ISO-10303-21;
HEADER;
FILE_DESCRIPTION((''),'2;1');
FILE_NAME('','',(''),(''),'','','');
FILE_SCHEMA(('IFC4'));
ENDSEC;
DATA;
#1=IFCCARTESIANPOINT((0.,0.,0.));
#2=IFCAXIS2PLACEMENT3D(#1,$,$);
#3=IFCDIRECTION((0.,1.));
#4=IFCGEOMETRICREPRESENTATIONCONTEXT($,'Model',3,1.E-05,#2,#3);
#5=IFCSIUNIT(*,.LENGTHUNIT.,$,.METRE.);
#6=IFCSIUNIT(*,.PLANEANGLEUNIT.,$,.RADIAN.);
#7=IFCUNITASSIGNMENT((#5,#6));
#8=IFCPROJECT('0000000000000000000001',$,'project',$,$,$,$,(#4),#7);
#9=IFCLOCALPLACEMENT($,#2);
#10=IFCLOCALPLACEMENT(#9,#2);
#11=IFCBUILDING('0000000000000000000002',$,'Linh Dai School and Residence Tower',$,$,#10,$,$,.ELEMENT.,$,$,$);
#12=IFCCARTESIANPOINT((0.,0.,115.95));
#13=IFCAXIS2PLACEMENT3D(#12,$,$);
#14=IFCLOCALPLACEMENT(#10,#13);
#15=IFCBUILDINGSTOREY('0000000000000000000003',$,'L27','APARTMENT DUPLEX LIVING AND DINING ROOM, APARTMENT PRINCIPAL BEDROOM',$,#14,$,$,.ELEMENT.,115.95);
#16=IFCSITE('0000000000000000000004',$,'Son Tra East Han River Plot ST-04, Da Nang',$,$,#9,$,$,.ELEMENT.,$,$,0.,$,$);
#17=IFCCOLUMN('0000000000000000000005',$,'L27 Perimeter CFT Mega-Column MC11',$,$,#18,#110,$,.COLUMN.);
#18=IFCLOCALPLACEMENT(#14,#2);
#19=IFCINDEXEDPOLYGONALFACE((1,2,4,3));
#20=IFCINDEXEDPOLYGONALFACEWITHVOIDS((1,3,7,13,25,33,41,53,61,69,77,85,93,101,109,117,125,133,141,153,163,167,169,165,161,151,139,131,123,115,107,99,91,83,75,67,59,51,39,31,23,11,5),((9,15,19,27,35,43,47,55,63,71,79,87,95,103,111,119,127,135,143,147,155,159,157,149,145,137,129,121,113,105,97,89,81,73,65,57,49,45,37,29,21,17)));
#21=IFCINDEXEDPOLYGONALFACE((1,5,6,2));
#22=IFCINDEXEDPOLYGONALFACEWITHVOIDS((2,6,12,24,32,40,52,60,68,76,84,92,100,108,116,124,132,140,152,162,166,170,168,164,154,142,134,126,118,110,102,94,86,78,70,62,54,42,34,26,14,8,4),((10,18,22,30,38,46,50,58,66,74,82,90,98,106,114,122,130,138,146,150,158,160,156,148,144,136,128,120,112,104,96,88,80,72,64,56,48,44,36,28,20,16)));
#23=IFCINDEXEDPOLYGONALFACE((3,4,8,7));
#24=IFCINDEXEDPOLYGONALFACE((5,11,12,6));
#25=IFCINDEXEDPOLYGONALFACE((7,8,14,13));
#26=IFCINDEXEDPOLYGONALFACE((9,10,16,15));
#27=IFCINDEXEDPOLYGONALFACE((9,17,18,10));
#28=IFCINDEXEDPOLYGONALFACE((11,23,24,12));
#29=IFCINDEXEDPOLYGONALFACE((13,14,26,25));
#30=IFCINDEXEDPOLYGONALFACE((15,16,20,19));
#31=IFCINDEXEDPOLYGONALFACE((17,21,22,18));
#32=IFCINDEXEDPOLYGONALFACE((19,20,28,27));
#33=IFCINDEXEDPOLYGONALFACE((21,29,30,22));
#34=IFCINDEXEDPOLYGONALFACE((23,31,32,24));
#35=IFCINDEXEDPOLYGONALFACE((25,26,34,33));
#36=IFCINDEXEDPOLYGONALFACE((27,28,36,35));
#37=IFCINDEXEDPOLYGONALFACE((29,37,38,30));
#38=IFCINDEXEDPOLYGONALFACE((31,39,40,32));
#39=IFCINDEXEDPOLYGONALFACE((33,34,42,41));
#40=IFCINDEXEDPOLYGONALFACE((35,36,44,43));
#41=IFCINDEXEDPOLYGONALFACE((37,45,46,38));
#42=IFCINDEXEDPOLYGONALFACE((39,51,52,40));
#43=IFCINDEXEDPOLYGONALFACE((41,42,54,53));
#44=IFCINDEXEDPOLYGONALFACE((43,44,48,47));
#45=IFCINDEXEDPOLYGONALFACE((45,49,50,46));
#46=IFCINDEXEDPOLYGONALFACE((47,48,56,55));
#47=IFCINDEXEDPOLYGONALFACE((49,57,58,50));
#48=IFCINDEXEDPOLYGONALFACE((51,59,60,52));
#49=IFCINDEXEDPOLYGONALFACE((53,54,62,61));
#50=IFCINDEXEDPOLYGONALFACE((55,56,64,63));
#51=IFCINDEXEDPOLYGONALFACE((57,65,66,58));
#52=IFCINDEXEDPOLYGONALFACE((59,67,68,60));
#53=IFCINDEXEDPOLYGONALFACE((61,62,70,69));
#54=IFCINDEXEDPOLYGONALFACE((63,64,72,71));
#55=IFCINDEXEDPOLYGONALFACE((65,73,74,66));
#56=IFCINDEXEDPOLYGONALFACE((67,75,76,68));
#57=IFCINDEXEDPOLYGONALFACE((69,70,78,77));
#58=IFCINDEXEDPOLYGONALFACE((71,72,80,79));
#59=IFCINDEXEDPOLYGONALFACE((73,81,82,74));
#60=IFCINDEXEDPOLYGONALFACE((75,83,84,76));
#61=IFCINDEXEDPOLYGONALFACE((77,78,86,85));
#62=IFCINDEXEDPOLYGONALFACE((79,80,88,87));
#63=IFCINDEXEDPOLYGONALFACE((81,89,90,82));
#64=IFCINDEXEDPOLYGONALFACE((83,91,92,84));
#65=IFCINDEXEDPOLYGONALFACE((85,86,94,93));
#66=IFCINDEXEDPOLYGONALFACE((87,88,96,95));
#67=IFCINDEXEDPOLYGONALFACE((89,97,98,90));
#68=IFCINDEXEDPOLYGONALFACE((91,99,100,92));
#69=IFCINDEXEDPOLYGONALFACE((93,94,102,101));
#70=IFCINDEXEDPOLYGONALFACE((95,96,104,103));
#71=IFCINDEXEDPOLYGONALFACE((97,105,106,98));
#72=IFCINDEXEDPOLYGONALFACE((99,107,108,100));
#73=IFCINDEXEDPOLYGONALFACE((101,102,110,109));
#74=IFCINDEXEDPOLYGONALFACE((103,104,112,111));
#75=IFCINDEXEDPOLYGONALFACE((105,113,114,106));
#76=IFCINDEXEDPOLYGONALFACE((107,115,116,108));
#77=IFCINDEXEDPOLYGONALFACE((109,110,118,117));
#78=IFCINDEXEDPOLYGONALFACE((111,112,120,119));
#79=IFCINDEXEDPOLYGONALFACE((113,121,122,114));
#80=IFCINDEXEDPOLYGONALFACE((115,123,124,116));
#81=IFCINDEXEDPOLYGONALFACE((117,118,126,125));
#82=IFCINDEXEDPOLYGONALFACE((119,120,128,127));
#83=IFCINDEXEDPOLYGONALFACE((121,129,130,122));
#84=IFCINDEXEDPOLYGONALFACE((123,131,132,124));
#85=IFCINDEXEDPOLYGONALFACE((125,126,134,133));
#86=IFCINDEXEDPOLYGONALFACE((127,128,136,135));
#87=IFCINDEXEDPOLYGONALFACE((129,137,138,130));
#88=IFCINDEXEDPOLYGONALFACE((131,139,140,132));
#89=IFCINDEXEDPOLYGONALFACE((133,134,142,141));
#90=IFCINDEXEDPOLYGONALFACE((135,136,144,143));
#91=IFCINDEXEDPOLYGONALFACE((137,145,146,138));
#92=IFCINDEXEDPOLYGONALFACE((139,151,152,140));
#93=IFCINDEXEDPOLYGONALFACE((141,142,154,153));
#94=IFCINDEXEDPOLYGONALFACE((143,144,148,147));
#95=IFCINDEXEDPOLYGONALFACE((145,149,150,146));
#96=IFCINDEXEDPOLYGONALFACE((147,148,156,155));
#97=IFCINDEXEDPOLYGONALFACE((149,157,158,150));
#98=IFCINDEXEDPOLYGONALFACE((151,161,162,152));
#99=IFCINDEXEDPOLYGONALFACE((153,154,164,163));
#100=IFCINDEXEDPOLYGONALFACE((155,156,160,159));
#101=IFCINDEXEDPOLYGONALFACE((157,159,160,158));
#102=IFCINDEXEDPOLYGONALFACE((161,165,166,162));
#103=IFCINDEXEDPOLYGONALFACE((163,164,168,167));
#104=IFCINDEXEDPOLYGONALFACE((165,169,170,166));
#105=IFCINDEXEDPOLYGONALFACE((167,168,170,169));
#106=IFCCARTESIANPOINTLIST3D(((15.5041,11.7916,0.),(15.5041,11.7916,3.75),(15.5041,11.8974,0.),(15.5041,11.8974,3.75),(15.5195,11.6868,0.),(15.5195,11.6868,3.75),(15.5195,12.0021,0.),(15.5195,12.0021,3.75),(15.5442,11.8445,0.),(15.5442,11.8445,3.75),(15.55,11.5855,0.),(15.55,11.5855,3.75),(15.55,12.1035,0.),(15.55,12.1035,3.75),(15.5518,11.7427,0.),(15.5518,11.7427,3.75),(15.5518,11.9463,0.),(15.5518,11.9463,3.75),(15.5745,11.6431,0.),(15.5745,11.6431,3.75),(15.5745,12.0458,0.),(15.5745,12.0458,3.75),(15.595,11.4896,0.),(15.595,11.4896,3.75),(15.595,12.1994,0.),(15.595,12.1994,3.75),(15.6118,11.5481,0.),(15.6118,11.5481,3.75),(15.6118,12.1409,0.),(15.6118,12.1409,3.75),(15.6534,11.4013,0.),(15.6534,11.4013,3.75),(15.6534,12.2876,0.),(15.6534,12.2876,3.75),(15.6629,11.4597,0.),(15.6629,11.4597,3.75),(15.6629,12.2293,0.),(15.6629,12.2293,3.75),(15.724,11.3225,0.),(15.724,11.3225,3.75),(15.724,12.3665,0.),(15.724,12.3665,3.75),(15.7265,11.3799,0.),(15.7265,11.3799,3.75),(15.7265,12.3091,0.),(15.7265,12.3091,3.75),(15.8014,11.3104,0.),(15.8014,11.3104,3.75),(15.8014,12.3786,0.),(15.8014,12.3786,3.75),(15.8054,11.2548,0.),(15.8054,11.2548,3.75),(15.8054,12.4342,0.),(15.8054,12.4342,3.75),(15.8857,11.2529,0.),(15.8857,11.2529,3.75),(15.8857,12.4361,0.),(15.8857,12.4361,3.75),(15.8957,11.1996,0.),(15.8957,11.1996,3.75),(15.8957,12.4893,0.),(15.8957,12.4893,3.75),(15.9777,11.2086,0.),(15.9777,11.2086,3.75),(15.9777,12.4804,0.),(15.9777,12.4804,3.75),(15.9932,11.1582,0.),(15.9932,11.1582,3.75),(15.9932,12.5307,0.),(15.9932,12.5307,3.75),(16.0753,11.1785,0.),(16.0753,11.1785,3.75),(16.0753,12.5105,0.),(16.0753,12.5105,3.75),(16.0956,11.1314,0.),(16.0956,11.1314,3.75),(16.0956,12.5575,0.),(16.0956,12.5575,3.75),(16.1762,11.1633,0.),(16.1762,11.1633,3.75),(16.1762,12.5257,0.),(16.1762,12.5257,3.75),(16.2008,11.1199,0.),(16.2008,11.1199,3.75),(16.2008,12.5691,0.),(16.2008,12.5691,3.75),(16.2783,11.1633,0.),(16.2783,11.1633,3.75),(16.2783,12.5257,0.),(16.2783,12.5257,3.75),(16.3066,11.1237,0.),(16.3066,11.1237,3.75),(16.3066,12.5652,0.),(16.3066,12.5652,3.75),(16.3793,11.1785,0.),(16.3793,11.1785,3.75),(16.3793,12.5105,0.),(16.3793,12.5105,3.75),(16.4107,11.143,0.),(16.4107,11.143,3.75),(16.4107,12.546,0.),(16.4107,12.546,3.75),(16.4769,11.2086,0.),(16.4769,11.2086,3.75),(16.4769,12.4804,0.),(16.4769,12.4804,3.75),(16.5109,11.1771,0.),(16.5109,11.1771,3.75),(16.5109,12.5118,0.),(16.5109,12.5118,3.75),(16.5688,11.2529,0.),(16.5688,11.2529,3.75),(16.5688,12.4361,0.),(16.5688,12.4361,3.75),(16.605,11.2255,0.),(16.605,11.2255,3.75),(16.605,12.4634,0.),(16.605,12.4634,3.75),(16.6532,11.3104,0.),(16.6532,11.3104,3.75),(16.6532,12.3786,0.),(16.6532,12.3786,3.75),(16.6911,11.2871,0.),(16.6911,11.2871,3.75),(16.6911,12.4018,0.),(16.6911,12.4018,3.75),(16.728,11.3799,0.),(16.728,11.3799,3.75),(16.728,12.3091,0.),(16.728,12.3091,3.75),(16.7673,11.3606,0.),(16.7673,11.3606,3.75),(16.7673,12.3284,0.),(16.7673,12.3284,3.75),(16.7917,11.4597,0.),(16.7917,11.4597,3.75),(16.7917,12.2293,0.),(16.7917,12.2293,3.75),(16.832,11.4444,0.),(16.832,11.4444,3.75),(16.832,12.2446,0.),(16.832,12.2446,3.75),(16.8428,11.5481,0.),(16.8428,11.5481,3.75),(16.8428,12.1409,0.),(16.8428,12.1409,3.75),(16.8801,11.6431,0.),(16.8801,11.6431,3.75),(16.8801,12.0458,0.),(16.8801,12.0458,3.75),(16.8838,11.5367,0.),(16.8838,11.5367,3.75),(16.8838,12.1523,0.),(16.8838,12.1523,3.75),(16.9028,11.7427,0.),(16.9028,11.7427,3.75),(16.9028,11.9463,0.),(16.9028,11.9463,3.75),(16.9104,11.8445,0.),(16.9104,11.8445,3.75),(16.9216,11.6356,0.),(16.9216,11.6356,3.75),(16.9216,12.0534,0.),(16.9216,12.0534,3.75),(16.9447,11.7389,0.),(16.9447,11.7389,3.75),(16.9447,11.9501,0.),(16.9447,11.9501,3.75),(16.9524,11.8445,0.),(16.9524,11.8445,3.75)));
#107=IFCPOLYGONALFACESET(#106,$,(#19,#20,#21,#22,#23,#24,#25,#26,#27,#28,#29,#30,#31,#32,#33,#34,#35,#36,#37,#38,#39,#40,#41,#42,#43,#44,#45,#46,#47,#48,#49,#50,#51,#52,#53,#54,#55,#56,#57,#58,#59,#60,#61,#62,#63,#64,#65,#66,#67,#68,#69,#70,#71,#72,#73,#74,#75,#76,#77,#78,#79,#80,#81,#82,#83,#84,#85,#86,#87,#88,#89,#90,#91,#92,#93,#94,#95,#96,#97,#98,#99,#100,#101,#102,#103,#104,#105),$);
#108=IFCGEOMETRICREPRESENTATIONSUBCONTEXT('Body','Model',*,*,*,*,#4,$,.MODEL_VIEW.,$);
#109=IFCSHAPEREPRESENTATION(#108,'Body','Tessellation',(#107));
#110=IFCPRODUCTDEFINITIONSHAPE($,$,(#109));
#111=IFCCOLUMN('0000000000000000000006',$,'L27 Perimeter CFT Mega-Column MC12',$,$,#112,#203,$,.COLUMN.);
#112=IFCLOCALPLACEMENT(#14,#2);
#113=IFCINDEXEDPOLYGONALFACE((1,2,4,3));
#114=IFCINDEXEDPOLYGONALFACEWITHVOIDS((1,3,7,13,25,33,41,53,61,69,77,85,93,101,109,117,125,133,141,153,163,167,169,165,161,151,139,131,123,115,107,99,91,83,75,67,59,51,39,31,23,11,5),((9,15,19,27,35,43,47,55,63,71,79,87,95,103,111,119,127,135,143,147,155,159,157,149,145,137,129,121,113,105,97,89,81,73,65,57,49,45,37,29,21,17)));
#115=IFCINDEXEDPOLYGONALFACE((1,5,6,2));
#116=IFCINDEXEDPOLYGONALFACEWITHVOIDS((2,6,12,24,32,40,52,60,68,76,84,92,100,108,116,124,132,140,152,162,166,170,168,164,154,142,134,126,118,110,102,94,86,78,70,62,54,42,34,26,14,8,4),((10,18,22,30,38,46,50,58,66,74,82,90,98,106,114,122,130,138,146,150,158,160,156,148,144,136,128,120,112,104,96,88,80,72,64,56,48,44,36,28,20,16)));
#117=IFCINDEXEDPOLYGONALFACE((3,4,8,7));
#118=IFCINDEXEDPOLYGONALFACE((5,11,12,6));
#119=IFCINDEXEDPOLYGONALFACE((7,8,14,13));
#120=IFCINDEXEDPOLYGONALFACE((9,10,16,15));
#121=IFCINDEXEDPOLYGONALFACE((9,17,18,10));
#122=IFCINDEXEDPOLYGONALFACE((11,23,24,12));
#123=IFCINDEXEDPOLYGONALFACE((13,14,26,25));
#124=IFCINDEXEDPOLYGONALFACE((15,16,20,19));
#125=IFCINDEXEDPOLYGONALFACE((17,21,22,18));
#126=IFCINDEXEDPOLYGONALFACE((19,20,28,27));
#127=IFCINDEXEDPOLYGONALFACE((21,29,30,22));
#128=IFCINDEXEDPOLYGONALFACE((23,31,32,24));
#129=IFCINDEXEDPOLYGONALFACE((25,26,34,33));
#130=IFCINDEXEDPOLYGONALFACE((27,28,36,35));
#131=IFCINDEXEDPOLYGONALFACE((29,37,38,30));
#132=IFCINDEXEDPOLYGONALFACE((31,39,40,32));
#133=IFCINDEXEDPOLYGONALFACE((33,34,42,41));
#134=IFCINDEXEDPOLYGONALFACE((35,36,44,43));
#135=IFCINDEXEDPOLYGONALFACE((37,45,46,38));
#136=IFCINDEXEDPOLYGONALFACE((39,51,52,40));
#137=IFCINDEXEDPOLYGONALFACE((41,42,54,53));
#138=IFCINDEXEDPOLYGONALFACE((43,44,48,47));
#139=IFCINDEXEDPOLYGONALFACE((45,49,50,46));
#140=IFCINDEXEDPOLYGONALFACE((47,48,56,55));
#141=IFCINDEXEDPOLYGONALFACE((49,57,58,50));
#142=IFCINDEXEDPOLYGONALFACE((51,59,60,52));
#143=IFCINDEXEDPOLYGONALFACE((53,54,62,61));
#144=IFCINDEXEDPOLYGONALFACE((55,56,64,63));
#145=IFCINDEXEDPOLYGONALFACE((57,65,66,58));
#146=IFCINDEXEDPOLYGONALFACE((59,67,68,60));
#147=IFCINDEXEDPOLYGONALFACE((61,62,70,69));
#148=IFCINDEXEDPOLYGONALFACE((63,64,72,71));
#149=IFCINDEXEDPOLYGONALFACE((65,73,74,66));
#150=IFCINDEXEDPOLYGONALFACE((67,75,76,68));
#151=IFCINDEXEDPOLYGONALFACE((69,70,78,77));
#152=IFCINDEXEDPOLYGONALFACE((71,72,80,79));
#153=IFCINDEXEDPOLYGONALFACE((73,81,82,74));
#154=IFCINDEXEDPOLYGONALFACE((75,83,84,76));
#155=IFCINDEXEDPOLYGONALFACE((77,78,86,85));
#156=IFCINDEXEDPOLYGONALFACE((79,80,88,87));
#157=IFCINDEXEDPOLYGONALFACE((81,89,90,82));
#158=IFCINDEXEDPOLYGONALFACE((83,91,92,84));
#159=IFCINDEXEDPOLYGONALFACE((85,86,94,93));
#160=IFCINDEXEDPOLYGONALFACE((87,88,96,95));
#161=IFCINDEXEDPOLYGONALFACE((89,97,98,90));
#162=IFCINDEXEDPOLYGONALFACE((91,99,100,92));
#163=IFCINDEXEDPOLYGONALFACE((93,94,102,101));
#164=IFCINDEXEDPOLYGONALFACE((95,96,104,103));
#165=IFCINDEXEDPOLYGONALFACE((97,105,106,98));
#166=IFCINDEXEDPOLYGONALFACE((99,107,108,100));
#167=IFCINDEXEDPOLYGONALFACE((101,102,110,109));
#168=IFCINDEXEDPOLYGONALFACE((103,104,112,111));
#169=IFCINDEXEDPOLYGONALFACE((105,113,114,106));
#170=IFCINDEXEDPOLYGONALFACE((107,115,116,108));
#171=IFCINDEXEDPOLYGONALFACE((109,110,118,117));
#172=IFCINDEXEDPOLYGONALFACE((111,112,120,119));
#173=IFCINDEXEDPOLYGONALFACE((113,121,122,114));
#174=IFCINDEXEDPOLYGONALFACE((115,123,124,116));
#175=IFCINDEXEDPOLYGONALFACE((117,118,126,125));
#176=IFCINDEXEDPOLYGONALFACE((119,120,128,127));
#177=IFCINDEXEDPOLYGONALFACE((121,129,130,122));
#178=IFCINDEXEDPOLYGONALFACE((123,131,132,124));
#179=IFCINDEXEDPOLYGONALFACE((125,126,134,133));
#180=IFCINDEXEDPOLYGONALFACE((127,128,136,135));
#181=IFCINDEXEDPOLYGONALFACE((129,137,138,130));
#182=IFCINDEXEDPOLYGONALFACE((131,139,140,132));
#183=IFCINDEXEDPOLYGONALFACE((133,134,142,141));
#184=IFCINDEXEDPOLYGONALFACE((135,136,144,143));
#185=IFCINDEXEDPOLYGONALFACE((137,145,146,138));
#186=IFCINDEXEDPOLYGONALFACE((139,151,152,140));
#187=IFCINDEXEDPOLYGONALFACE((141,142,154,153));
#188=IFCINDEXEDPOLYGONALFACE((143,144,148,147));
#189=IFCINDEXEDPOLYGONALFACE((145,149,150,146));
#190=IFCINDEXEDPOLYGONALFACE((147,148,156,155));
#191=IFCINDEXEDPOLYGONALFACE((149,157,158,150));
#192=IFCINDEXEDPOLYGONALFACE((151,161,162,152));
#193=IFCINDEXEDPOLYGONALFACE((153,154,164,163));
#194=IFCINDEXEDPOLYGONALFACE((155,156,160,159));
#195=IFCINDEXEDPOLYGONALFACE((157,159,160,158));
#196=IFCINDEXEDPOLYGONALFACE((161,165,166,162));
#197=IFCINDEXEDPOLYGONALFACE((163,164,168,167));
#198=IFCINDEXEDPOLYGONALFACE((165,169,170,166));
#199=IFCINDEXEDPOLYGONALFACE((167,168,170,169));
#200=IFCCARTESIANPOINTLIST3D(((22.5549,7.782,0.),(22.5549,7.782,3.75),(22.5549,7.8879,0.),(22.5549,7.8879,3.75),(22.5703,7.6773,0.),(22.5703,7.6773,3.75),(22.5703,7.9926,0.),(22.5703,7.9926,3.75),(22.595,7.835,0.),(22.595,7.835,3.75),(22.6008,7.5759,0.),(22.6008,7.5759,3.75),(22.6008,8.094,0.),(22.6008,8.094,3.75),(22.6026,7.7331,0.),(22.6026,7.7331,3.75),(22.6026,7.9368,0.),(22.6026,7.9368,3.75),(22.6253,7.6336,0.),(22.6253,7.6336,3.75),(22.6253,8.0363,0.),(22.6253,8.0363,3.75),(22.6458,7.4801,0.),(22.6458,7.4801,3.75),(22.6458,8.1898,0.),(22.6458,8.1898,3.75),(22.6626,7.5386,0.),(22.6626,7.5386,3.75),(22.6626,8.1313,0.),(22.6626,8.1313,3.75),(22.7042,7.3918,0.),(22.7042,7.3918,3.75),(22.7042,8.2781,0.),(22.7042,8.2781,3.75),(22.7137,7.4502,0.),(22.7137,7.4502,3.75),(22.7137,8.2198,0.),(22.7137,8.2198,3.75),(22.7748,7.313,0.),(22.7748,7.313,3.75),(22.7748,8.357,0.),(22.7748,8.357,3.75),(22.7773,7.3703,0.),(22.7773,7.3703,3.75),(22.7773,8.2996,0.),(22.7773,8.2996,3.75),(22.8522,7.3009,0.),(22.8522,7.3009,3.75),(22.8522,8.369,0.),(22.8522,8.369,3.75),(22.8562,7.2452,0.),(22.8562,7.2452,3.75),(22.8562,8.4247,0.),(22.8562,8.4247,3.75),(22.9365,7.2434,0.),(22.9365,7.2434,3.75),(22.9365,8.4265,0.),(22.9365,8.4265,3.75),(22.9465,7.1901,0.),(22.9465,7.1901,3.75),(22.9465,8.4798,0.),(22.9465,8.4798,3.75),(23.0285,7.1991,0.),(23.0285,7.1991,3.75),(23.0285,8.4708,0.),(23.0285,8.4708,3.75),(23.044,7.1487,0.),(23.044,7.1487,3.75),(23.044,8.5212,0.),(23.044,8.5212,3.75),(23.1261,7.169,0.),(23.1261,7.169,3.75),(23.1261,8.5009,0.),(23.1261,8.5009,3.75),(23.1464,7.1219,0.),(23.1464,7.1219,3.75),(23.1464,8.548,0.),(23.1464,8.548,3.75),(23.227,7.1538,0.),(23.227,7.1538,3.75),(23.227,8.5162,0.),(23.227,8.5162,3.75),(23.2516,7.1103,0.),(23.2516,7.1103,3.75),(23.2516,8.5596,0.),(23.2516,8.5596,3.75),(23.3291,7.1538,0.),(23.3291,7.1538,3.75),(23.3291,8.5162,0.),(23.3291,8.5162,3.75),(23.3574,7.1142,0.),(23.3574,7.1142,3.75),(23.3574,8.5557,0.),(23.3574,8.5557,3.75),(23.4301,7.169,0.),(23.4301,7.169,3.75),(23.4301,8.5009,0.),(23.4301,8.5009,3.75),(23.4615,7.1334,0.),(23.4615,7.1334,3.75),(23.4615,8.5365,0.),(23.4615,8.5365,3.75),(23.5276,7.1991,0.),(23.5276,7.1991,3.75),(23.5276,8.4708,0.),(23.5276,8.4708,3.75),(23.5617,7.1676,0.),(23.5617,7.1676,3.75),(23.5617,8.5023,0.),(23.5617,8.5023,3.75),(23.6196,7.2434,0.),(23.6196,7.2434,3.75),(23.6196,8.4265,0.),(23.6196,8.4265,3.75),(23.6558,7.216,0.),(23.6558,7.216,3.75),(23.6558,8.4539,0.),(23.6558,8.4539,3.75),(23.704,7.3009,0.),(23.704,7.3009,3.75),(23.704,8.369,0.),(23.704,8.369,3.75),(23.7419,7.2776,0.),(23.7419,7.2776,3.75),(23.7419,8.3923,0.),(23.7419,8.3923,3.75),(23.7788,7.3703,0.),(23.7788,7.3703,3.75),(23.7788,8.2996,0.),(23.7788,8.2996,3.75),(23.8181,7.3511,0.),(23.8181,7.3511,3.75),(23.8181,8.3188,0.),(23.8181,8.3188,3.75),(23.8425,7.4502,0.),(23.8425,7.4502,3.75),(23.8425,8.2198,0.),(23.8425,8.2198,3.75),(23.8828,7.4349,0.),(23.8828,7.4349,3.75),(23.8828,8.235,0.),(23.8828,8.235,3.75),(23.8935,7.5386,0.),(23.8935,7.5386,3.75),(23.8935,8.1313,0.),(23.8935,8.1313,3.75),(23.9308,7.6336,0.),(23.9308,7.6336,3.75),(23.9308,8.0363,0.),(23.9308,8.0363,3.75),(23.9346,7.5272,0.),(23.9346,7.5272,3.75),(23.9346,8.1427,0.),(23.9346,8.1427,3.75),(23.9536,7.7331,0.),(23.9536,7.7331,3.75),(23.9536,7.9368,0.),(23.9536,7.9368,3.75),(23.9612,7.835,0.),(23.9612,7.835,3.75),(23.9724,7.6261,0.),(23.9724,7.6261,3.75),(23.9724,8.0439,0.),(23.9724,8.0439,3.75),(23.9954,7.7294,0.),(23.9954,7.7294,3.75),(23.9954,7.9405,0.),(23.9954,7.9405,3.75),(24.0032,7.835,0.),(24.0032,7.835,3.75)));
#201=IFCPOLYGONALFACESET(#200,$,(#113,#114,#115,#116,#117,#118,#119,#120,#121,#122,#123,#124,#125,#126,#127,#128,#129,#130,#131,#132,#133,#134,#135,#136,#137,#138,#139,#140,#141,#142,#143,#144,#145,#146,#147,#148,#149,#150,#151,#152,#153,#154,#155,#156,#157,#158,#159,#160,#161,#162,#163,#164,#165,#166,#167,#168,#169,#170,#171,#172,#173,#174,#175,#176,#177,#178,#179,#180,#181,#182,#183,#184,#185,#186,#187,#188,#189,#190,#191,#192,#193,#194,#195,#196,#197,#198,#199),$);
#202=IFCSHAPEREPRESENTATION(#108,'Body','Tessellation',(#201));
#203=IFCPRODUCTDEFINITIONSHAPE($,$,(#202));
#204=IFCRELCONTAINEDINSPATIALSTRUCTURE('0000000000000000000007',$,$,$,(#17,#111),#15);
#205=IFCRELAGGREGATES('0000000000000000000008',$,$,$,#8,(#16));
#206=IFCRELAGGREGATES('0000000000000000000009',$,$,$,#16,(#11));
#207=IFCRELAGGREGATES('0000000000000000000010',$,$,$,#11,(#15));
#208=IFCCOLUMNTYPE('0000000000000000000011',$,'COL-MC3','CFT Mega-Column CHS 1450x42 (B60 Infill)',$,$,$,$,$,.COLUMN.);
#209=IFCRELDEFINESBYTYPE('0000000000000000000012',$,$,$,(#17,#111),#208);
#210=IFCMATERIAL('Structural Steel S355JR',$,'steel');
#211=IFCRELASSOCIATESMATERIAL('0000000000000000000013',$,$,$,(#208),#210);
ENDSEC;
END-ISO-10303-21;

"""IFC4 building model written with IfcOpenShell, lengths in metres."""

from ifc_helpers import new_model, si_unit, direction, frame, origin, origin_2d, place, context, subcontext, project, spatial, hollow_circle, extrude, material, material_profile, profile_set, type_object, element, save


model = new_model("IFC4")

# Units and contexts
model_context = context("Model", 3, precision=1e-05, world=origin(), true_north=direction((0.0, 1.0)))
body_context = subcontext(model_context, "Body", "Model", "MODEL_VIEW")
ifc_project = project(units=[si_unit("LENGTHUNIT", "METRE"), si_unit("PLANEANGLEUNIT", "RADIAN")], contexts=[model_context])

# Site, building, storey
site_placement = place(None, origin())
site = spatial("IfcSite", under=ifc_project, at=site_placement, Name="Son Tra East Han River Plot ST-04, Da Nang", CompositionType="ELEMENT", RefElevation=0.0)
building_placement = place(site_placement, origin())
building = spatial("IfcBuilding", under=site, at=building_placement, Name="Linh Dai School and Residence Tower", CompositionType="ELEMENT")
storey_placement = place(building_placement, frame((0.0, 0.0, 115.95)))
storey = spatial("IfcBuildingStorey", under=building, at=storey_placement, Name="L27", Description="APARTMENT DUPLEX LIVING AND DINING ROOM, APARTMENT PRINCIPAL BEDROOM", CompositionType="ELEMENT", Elevation=115.95)

# Columns
ifc_material_1 = material(Name="Structural Steel S355JR", Category="steel")
ifc_material_profile_1 = material_profile(ifc_material_1, hollow_circle(Radius=0.7251, WallThickness=0.042, at=origin_2d()), Name="CHS 1450x42")
ifc_profile_set_1 = profile_set([ifc_material_profile_1], Name="Structural Steel S355JR")
column_type = type_object("IfcColumnType", Name="COL-MC3", Description="CFT Mega-Column CHS 1450x42 (B60 Infill)", PredefinedType="COLUMN", material=ifc_profile_set_1)
for number, where, z_axis, x_axis, name in (
    (1, (16.2273, 11.8445, 0.0), (0.0, 0.0, 1.0), (1.0, 0.0, 0.0), "L27 Perimeter CFT Mega-Column MC11"),
    (2, (23.2781, 7.835, 0.0), (0.0, 0.0, 1.0), (1.0, 0.0, 0.0), "L27 Perimeter CFT Mega-Column MC12"),
):
    element("IfcColumn", number, at=place(storey_placement, frame(where, z_axis=z_axis, x_axis=x_axis)), inside=storey, type_object=column_type, Name=name, PredefinedType="COLUMN", context=body_context, shape_type="SweptSolid", body=[
        extrude(hollow_circle(Radius=0.7251, WallThickness=0.042, at=origin_2d()), origin(), (0.0, 0.0, 1.0), 3.75),
    ])

save(model, "model.ifc")
